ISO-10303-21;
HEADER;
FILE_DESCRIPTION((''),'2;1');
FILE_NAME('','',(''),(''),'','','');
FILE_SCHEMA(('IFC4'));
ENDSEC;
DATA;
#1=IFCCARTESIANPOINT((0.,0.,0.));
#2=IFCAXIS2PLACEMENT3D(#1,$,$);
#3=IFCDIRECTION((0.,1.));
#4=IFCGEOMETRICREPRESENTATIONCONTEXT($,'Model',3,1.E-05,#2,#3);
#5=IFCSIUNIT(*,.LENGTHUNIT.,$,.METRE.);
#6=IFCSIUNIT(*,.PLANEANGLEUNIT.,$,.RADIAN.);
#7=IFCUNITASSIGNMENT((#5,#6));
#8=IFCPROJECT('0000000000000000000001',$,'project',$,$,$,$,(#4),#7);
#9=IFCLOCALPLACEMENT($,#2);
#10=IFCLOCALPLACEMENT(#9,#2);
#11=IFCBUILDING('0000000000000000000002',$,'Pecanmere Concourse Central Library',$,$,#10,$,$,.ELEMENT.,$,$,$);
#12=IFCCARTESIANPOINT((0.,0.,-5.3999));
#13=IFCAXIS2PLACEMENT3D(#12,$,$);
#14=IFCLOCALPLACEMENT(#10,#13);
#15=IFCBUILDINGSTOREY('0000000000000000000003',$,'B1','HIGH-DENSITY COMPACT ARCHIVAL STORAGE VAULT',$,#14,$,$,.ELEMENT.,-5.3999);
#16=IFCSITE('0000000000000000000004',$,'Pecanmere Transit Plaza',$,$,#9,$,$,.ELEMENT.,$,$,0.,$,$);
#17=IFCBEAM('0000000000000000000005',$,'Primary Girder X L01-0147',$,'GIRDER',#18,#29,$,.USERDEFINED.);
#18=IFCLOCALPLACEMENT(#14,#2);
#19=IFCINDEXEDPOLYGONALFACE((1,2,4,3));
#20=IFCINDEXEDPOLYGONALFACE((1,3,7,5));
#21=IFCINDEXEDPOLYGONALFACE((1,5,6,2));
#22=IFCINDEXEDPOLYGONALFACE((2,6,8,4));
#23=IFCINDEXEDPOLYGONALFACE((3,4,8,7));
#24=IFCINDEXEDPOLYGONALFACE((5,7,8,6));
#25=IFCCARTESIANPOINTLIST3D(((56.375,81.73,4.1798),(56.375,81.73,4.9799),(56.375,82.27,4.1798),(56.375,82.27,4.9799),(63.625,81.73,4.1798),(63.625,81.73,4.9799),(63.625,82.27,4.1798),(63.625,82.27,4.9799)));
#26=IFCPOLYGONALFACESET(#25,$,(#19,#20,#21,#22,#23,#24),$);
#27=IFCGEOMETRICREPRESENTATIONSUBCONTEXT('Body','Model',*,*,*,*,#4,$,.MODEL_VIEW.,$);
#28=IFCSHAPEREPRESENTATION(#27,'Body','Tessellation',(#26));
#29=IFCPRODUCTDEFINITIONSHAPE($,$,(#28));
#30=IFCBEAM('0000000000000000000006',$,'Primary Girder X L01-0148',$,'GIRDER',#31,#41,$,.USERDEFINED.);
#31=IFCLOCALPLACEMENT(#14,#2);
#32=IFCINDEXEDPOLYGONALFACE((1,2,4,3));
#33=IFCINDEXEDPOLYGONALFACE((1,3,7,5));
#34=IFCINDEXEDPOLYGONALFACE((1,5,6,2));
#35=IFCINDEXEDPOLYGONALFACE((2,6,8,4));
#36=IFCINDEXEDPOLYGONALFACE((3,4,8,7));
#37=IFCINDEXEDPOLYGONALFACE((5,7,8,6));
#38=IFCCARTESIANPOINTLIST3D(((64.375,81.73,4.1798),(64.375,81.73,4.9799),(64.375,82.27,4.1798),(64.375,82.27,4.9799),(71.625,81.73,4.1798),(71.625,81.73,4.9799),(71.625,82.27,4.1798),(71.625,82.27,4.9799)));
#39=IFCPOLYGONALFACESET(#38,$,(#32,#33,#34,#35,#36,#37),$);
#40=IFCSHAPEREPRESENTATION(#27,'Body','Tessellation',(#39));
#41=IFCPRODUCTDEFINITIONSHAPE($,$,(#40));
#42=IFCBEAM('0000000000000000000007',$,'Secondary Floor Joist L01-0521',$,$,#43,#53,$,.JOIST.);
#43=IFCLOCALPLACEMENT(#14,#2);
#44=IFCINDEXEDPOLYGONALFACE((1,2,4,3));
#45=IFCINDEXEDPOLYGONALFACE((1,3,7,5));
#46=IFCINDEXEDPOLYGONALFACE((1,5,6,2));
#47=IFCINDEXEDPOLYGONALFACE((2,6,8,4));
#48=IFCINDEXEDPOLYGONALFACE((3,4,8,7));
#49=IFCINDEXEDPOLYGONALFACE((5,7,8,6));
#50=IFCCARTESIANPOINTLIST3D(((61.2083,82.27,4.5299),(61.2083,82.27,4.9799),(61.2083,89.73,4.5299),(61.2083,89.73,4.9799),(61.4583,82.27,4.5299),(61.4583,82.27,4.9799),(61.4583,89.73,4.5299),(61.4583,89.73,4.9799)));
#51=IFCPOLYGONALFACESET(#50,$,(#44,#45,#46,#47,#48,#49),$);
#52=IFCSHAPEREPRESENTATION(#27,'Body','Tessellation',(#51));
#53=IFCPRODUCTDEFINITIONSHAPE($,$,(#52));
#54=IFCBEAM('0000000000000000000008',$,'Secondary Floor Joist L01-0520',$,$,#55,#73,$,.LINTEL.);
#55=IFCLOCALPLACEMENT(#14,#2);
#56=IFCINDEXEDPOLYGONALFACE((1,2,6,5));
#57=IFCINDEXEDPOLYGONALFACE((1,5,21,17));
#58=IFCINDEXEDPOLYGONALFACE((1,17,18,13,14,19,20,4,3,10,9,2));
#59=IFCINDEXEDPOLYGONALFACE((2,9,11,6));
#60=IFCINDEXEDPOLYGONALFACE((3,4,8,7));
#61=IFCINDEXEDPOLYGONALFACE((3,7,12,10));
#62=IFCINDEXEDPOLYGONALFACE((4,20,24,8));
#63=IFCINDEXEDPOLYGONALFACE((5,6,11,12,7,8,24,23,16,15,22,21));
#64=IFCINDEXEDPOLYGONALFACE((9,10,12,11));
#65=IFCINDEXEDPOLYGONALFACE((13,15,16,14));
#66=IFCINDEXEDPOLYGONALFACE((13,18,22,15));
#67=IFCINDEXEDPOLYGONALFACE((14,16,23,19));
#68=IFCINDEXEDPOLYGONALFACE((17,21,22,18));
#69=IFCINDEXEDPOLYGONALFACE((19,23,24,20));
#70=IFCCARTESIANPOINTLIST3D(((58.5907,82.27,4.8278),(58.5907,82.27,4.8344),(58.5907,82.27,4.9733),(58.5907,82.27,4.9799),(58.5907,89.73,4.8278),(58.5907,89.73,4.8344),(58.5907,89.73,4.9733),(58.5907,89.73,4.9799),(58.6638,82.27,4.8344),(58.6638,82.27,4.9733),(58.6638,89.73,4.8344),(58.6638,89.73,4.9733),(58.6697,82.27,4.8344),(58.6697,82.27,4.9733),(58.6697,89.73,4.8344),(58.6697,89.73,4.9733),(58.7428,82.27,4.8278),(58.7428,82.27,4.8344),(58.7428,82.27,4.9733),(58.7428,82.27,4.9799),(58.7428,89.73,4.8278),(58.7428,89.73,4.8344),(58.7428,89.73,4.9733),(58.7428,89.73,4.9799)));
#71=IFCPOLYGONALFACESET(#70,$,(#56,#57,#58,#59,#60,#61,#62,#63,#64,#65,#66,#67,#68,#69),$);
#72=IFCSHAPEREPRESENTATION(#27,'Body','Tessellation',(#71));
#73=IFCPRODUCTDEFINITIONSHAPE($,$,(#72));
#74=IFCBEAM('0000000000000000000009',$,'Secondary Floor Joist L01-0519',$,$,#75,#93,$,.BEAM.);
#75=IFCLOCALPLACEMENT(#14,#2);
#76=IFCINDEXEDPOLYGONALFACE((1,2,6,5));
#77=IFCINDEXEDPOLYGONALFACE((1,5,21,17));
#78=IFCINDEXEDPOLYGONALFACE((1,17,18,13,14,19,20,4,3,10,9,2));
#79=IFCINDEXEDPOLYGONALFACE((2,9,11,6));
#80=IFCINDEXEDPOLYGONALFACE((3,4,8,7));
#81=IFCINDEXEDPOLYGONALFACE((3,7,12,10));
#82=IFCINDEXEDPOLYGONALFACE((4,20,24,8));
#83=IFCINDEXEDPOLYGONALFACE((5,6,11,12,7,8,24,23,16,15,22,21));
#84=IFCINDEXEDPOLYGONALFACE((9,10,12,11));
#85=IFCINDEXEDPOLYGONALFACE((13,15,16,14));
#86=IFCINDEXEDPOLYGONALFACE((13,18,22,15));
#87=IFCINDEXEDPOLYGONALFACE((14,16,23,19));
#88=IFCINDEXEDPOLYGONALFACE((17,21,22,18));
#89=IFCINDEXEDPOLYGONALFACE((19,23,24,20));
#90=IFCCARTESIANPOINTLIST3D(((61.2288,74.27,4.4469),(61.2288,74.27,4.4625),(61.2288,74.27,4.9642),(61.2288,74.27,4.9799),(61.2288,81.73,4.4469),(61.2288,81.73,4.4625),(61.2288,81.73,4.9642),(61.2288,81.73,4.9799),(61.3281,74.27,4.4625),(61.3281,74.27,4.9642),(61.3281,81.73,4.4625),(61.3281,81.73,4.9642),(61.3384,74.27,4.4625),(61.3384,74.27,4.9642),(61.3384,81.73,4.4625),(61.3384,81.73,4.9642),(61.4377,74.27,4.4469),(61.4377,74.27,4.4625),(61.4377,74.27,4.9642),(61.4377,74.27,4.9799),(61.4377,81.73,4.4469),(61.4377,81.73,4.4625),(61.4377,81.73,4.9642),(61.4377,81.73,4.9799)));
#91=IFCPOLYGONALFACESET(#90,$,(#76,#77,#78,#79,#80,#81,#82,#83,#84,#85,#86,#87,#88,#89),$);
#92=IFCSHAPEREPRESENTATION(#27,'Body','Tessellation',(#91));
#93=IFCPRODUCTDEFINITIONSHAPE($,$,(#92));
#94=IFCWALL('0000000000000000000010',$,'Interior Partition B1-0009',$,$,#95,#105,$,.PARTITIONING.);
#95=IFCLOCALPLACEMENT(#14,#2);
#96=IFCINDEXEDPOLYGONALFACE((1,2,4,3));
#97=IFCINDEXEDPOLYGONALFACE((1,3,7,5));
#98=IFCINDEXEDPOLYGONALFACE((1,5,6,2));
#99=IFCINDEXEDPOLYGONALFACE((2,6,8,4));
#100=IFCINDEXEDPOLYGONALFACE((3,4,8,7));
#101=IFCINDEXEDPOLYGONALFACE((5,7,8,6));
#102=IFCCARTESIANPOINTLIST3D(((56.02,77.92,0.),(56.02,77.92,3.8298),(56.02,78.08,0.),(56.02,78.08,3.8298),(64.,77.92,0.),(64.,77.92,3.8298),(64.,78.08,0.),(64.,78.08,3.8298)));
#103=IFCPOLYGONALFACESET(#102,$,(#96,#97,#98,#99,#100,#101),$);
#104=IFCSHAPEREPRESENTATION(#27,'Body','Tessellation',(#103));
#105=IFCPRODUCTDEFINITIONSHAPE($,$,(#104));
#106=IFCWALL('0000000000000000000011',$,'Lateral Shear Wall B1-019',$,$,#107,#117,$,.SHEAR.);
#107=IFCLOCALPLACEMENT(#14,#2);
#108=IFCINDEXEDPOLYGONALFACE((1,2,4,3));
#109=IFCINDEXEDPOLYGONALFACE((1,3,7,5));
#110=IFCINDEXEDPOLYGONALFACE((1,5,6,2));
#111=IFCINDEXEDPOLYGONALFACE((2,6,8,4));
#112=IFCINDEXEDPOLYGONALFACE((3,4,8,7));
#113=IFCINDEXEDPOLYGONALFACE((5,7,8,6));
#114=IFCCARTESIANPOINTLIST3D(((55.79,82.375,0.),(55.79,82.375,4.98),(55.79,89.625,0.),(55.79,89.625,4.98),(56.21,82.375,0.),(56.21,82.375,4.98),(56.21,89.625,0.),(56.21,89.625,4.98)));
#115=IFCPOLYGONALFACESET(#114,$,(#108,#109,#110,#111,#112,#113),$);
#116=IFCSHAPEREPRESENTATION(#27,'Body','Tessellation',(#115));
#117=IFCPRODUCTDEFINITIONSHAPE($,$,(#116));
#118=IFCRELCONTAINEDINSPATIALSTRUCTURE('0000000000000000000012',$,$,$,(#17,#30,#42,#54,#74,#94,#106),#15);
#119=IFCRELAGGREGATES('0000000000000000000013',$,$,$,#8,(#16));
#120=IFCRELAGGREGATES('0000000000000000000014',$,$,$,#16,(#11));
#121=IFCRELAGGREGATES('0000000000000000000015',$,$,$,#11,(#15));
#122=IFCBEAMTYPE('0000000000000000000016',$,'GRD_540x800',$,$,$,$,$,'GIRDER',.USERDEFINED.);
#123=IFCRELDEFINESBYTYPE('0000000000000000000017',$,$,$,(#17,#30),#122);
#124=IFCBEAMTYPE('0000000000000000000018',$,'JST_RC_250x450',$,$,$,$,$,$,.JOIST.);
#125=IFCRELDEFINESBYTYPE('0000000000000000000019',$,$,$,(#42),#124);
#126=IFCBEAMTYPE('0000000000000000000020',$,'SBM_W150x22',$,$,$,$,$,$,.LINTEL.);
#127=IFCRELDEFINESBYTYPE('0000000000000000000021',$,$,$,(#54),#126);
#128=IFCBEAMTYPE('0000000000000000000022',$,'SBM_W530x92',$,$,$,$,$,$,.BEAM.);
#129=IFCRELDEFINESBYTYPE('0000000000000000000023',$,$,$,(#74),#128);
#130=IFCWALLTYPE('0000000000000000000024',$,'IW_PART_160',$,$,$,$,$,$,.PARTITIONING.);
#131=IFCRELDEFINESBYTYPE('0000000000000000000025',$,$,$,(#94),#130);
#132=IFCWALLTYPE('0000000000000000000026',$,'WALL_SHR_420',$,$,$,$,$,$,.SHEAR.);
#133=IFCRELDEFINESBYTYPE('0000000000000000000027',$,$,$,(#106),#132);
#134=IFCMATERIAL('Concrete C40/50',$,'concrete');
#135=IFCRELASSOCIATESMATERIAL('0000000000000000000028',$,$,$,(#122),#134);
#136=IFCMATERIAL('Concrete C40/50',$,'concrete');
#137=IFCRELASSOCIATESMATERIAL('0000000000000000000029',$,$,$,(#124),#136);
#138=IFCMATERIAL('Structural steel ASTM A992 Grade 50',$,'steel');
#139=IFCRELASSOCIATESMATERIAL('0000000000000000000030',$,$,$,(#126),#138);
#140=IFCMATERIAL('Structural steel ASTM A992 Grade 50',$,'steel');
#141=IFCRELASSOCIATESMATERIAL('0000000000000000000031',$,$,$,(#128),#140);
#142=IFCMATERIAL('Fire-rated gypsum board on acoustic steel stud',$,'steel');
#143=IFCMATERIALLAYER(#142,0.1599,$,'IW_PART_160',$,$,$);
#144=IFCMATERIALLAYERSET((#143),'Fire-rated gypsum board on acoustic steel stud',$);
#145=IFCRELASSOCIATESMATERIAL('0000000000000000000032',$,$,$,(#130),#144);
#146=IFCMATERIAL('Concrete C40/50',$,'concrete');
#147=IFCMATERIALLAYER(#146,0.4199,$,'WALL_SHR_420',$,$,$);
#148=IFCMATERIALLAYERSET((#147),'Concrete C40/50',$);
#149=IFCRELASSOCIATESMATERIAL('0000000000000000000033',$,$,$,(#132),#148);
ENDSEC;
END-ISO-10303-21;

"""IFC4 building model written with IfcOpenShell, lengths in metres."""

from ifc_helpers import new_model, si_unit, direction, frame, frame_2d, origin, origin_2d, place, context, subcontext, project, spatial, rectangle, i_section, extrude, material, layer, layer_set, material_profile, profile_set, type_object, element, save


model = new_model("IFC4")

# Units and contexts
model_context = context("Model", 3, precision=1e-05, world=origin(), true_north=direction((0.0, 1.0)))
body_context = subcontext(model_context, "Body", "Model", "MODEL_VIEW")
ifc_project = project(units=[si_unit("LENGTHUNIT", "METRE"), si_unit("PLANEANGLEUNIT", "RADIAN")], contexts=[model_context])

# Site, building, storey
site_placement = place(None, origin())
site = spatial("IfcSite", under=ifc_project, at=site_placement, Name="Pecanmere Transit Plaza", CompositionType="ELEMENT", RefElevation=0.0)
building_placement = place(site_placement, origin())
building = spatial("IfcBuilding", under=site, at=building_placement, Name="Pecanmere Concourse Central Library", CompositionType="ELEMENT")
storey_placement = place(building_placement, frame((0.0, 0.0, -5.3999)))
storey = spatial("IfcBuildingStorey", under=building, at=storey_placement, Name="B1", Description="HIGH-DENSITY COMPACT ARCHIVAL STORAGE VAULT", CompositionType="ELEMENT", Elevation=-5.3999)

# Beams
ifc_material_1 = material(Name="Concrete C40/50", Category="concrete")
ifc_material_profile_1 = material_profile(ifc_material_1, rectangle(XDim=0.54, YDim=0.8, at=origin_2d()), Name="RC 540x800")
ifc_profile_set_1 = profile_set([ifc_material_profile_1], Name="Concrete C40/50")
beam_type_1 = type_object("IfcBeamType", Name="GRD_540x800", ElementType="GIRDER", PredefinedType="USERDEFINED", material=ifc_profile_set_1)
for number, where, z_axis, x_axis, name in (
    (1, (56.375, 82.0, 4.5798), (1.0, 0.0, 0.0), (0.0, 1.0, 0.0), "Primary Girder X L01-0147"),
    (2, (64.375, 82.0, 4.5798), (1.0, 0.0, 0.0), (0.0, 1.0, 0.0), "Primary Girder X L01-0148"),
):
    element("IfcBeam", number, at=place(storey_placement, frame(where, z_axis=z_axis, x_axis=x_axis)), inside=storey, type_object=beam_type_1, Name=name, ObjectType="GIRDER", PredefinedType="USERDEFINED", context=body_context, shape_type="SweptSolid", body=[
        extrude(rectangle(XDim=0.54, YDim=0.8, at=origin_2d()), origin(), (0.0, 0.0, 1.0), 7.25),
    ])
ifc_material_2 = material(Name="Concrete C40/50", Category="concrete")
ifc_material_profile_2 = material_profile(ifc_material_2, rectangle(XDim=0.25, YDim=0.45, at=origin_2d()), Name="RC 250x450")
ifc_profile_set_2 = profile_set([ifc_material_profile_2], Name="Concrete C40/50")
beam_type_2 = type_object("IfcBeamType", Name="JST_RC_250x450", PredefinedType="JOIST", material=ifc_profile_set_2)
beam_1_placement = place(storey_placement, frame((61.3333, 82.27, 4.7549), z_axis=(0.0, 1.0, 0.0), x_axis=(-1.0, 0.0, 0.0)))
element("IfcBeam", 3, at=beam_1_placement, inside=storey, type_object=beam_type_2, Name="Secondary Floor Joist L01-0521", PredefinedType="JOIST", context=body_context, shape_type="SweptSolid", body=[
    extrude(rectangle(XDim=0.25, YDim=0.45, at=origin_2d()), origin(), (0.0, 0.0, 1.0), 7.46),
])
ifc_material_3 = material(Name="Structural steel ASTM A992 Grade 50", Category="steel")
ifc_material_profile_3 = material_profile(ifc_material_3, i_section(OverallWidth=0.1521, OverallDepth=0.1521, WebThickness=0.0059, FlangeThickness=0.0066, at=origin_2d()), Name="W150x22.5")
ifc_profile_set_3 = profile_set([ifc_material_profile_3], Name="Structural steel ASTM A992 Grade 50")
beam_type_3 = type_object("IfcBeamType", Name="SBM_W150x22", PredefinedType="LINTEL", material=ifc_profile_set_3)
beam_2_placement = place(storey_placement, frame((58.6667, 82.27, 4.9038), z_axis=(0.0, 1.0, 0.0), x_axis=(-1.0, 0.0, 0.0)))
element("IfcBeam", 4, at=beam_2_placement, inside=storey, type_object=beam_type_3, Name="Secondary Floor Joist L01-0520", PredefinedType="LINTEL", context=body_context, shape_type="SweptSolid", body=[
    extrude(i_section(OverallWidth=0.1521, OverallDepth=0.1521, WebThickness=0.0059, FlangeThickness=0.0066, at=origin_2d()), origin(), (0.0, 0.0, 1.0), 7.46),
])
ifc_material_4 = material(Name="Structural steel ASTM A992 Grade 50", Category="steel")
ifc_material_profile_4 = material_profile(ifc_material_4, i_section(OverallWidth=0.209, OverallDepth=0.533, WebThickness=0.0103, FlangeThickness=0.0156, at=origin_2d()), Name="W530x92")
ifc_profile_set_4 = profile_set([ifc_material_profile_4], Name="Structural steel ASTM A992 Grade 50")
beam_type_4 = type_object("IfcBeamType", Name="SBM_W530x92", PredefinedType="BEAM", material=ifc_profile_set_4)
beam_3_placement = place(storey_placement, frame((61.3333, 74.27, 4.7134), z_axis=(0.0, 1.0, 0.0), x_axis=(-1.0, 0.0, 0.0)))
element("IfcBeam", 5, at=beam_3_placement, inside=storey, type_object=beam_type_4, Name="Secondary Floor Joist L01-0519", PredefinedType="BEAM", context=body_context, shape_type="SweptSolid", body=[
    extrude(i_section(OverallWidth=0.209, OverallDepth=0.533, WebThickness=0.0103, FlangeThickness=0.0156, at=origin_2d()), origin(), (0.0, 0.0, 1.0), 7.46),
])

# Walls
ifc_material_5 = material(Name="Fire-rated gypsum board on acoustic steel stud", Category="steel")
ifc_layer_1 = layer(ifc_material_5, 0.1599, Name="IW_PART_160")
ifc_layer_set_1 = layer_set([ifc_layer_1], Name="Fire-rated gypsum board on acoustic steel stud")
wall_type_1 = type_object("IfcWallType", Name="IW_PART_160", PredefinedType="PARTITIONING", material=ifc_layer_set_1)
wall_1_placement = place(storey_placement, frame((56.02, 78.0, 0.0), z_axis=(0.0, 0.0, 1.0), x_axis=(1.0, 0.0, 0.0)))
element("IfcWall", 6, at=wall_1_placement, inside=storey, type_object=wall_type_1, Name="Interior Partition B1-0009", PredefinedType="PARTITIONING", context=body_context, shape_type="SweptSolid", body=[
    extrude(rectangle(XDim=7.98, YDim=0.1599, at=frame_2d((3.99, 0.0))), origin(), (0.0, 0.0, 1.0), 3.8298),
])
ifc_material_6 = material(Name="Concrete C40/50", Category="concrete")
ifc_layer_2 = layer(ifc_material_6, 0.4199, Name="WALL_SHR_420")
ifc_layer_set_2 = layer_set([ifc_layer_2], Name="Concrete C40/50")
wall_type_2 = type_object("IfcWallType", Name="WALL_SHR_420", PredefinedType="SHEAR", material=ifc_layer_set_2)
wall_2_placement = place(storey_placement, frame((56.0, 82.375, 0.0), z_axis=(0.0, 0.0, 1.0), x_axis=(0.0, 1.0, 0.0)))
element("IfcWall", 7, at=wall_2_placement, inside=storey, type_object=wall_type_2, Name="Lateral Shear Wall B1-019", PredefinedType="SHEAR", context=body_context, shape_type="SweptSolid", body=[
    extrude(rectangle(XDim=7.25, YDim=0.4199, at=frame_2d((3.625, 0.0))), origin(), (0.0, 0.0, 1.0), 4.98),
])

save(model, "model.ifc")
